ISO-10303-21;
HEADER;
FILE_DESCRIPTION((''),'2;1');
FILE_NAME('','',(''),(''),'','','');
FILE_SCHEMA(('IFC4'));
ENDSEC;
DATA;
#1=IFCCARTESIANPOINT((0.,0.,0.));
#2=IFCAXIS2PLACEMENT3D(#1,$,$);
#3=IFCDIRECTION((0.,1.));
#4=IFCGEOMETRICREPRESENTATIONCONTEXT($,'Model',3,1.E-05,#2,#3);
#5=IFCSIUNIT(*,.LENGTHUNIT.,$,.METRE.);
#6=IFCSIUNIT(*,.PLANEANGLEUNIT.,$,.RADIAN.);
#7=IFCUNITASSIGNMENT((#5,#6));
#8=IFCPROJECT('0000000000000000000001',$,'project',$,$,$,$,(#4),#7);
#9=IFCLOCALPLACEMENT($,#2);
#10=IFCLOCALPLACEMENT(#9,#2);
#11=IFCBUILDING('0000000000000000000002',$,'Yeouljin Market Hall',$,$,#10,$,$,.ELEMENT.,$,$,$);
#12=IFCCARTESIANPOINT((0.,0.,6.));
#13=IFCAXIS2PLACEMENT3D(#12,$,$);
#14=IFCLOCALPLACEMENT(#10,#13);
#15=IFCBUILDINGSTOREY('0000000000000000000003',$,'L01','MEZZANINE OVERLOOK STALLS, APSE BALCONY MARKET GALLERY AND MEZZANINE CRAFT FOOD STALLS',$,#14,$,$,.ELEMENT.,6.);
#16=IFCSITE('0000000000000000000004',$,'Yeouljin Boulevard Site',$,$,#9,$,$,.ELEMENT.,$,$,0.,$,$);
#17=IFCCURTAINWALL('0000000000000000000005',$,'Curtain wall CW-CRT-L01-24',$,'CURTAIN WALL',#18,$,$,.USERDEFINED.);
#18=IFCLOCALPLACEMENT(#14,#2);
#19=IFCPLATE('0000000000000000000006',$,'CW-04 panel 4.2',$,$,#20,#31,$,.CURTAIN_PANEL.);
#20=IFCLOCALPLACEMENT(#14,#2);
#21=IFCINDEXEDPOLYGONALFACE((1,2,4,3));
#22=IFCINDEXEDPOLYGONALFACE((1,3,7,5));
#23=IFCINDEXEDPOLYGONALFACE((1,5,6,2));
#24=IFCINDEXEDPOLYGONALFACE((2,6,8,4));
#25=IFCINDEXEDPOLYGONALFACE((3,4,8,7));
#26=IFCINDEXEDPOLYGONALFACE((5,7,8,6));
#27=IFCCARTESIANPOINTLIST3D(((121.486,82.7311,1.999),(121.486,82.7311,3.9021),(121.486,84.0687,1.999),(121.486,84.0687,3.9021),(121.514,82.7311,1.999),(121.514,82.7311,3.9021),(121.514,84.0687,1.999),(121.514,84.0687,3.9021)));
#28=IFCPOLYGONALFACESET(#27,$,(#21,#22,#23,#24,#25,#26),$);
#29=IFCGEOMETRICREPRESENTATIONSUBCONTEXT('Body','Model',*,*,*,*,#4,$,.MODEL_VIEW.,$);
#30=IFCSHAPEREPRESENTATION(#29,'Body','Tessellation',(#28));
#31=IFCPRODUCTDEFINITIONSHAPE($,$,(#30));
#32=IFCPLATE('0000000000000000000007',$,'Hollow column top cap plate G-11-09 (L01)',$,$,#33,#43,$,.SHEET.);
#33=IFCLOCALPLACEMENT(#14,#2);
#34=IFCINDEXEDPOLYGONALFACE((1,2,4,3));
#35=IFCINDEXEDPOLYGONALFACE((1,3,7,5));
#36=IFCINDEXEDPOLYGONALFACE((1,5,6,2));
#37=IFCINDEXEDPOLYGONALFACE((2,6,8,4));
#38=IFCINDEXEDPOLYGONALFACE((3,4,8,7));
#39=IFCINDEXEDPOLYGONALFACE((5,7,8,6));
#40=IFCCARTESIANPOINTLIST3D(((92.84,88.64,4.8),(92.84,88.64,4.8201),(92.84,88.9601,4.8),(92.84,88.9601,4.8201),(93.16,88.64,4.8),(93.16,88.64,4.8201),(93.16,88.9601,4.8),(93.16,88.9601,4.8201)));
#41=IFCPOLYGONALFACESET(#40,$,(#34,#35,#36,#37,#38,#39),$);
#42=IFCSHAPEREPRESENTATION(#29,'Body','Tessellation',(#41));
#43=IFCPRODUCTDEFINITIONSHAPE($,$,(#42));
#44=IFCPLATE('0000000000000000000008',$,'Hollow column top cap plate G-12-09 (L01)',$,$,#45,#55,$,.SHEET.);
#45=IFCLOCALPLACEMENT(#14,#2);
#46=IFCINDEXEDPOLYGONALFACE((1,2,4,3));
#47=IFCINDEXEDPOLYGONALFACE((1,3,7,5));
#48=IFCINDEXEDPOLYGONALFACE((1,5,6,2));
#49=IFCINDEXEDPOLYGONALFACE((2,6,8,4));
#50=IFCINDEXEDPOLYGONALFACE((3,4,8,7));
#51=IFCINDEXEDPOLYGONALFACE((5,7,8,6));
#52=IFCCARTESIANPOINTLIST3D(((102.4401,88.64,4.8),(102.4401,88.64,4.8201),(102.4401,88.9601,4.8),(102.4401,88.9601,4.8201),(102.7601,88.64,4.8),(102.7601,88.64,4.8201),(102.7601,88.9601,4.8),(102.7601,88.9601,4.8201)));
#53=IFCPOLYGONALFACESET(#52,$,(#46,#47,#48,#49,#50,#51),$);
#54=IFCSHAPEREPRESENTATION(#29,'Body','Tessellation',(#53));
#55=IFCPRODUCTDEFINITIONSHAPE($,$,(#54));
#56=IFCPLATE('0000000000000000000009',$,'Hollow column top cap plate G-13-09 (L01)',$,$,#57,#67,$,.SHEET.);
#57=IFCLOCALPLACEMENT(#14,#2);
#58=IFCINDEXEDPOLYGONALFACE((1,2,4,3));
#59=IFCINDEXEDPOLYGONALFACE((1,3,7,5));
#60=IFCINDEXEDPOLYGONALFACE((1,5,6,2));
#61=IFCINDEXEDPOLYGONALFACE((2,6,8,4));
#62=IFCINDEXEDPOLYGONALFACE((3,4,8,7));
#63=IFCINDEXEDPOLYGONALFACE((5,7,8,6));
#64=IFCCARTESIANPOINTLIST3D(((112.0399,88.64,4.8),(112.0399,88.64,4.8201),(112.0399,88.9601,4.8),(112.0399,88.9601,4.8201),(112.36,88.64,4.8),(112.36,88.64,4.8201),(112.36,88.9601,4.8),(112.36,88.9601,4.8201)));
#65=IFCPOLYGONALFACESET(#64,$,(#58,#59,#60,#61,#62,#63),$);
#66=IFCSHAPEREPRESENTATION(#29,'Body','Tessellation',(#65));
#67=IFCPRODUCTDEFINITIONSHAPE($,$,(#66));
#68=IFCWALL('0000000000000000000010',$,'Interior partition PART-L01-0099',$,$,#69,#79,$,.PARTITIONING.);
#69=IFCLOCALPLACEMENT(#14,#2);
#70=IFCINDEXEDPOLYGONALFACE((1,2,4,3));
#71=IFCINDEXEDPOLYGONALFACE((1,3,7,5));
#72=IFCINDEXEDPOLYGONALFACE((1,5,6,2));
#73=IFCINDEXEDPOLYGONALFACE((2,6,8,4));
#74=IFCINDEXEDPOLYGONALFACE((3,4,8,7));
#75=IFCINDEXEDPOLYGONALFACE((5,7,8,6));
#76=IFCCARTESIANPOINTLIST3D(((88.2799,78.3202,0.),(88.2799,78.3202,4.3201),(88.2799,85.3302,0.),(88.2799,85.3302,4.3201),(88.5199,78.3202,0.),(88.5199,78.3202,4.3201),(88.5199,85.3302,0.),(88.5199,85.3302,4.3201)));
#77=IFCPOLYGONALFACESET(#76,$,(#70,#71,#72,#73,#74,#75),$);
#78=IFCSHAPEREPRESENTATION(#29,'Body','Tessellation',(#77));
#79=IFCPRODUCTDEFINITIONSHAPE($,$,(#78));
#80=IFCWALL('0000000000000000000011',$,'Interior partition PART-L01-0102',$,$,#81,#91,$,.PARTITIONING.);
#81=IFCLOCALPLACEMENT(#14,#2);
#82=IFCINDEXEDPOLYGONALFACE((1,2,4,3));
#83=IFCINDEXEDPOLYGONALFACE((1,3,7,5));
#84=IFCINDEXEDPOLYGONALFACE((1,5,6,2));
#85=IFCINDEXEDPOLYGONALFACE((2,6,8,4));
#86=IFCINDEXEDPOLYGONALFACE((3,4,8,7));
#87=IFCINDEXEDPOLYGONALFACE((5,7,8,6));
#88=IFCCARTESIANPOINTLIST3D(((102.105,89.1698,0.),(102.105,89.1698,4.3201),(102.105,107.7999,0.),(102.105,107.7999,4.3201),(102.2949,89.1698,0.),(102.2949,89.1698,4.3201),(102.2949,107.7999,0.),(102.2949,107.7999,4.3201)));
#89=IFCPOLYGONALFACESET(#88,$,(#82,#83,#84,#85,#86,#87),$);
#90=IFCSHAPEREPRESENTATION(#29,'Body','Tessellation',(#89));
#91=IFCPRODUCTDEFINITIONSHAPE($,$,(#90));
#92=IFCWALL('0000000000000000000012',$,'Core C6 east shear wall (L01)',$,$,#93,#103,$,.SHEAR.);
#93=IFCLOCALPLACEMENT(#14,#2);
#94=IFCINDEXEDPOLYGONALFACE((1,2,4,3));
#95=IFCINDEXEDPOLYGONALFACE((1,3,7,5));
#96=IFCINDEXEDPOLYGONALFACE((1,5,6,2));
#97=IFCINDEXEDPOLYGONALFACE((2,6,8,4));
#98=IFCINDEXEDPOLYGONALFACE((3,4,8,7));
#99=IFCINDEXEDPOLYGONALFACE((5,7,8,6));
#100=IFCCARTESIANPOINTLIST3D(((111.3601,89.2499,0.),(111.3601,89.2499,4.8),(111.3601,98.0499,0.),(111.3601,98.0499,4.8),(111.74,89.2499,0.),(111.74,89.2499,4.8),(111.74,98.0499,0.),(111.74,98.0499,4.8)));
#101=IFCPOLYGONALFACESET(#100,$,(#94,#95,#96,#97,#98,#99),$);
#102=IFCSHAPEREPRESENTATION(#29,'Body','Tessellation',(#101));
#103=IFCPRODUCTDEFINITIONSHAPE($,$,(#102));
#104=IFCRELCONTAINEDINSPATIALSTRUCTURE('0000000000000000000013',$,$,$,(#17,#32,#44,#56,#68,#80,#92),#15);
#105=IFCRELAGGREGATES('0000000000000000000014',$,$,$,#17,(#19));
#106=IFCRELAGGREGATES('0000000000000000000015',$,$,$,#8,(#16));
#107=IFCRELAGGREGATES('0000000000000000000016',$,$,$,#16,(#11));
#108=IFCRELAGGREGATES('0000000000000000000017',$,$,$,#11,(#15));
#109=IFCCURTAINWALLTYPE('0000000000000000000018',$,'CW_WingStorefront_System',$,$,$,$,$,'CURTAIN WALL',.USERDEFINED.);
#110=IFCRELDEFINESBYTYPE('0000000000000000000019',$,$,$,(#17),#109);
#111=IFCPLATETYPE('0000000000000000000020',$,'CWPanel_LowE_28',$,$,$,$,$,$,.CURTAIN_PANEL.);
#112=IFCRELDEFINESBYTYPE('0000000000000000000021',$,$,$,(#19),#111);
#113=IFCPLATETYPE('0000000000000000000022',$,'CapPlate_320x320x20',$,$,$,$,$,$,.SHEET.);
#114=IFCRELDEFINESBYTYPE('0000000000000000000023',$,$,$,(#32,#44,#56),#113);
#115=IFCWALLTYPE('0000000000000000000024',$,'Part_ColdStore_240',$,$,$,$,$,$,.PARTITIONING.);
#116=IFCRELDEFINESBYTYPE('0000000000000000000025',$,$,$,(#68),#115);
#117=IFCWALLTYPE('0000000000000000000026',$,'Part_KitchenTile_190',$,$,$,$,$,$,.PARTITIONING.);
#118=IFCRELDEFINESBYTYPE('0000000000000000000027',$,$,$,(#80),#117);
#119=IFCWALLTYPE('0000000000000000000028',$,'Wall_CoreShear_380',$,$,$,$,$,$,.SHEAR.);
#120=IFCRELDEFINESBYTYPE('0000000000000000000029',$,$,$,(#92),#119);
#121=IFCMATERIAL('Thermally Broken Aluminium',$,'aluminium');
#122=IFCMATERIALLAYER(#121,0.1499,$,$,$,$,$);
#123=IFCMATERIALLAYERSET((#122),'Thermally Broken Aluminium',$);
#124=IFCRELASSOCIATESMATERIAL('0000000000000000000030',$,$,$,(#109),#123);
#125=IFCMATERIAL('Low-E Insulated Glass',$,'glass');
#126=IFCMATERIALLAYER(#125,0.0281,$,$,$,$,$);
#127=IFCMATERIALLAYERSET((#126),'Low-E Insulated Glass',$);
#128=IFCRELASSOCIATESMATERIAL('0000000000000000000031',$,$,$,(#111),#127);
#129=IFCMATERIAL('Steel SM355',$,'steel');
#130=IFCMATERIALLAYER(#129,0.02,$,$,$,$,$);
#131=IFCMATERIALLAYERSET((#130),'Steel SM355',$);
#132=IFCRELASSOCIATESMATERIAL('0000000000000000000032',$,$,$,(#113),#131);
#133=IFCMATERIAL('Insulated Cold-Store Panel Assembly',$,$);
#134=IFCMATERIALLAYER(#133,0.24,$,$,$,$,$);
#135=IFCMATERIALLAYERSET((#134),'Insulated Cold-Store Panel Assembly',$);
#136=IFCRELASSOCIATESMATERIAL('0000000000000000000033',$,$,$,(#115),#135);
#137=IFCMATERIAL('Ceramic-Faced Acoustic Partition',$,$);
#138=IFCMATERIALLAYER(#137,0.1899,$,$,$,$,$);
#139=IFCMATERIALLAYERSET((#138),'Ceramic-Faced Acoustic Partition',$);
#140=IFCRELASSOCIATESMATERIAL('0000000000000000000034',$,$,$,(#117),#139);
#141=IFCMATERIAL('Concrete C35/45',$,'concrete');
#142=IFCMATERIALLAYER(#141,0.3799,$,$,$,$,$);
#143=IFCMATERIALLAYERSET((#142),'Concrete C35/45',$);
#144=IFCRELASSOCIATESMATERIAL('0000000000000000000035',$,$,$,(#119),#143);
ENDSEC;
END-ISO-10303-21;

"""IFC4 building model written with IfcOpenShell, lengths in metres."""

from ifc_helpers import new_model, si_unit, direction, frame, frame_2d, origin, origin_2d, place, context, subcontext, project, spatial, rectangle, extrude, material, layer, layer_set, type_object, element, aggregate, save


model = new_model("IFC4")

# Units and contexts
model_context = context("Model", 3, precision=1e-05, world=origin(), true_north=direction((0.0, 1.0)))
body_context = subcontext(model_context, "Body", "Model", "MODEL_VIEW")
ifc_project = project(units=[si_unit("LENGTHUNIT", "METRE"), si_unit("PLANEANGLEUNIT", "RADIAN")], contexts=[model_context])

# Site, building, storey
site_placement = place(None, origin())
site = spatial("IfcSite", under=ifc_project, at=site_placement, Name="Yeouljin Boulevard Site", CompositionType="ELEMENT", RefElevation=0.0)
building_placement = place(site_placement, origin())
building = spatial("IfcBuilding", under=site, at=building_placement, Name="Yeouljin Market Hall", CompositionType="ELEMENT")
storey_placement = place(building_placement, frame((0.0, 0.0, 6.0)))
storey = spatial("IfcBuildingStorey", under=building, at=storey_placement, Name="L01", Description="MEZZANINE OVERLOOK STALLS, APSE BALCONY MARKET GALLERY AND MEZZANINE CRAFT FOOD STALLS", CompositionType="ELEMENT", Elevation=6.0)

# Curtain wall
ifc_material_1 = material(Name="Thermally Broken Aluminium", Category="aluminium")
ifc_layer_1 = layer(ifc_material_1, 0.1499)
ifc_layer_set_1 = layer_set([ifc_layer_1], Name="Thermally Broken Aluminium")
curtain_wall_type = type_object("IfcCurtainWallType", Name="CW_WingStorefront_System", ElementType="CURTAIN WALL", PredefinedType="USERDEFINED", material=ifc_layer_set_1)
curtain_wall_placement = place(storey_placement, origin())
curtain_wall = element("IfcCurtainWall", 1, at=curtain_wall_placement, inside=storey, type_object=curtain_wall_type, Name="Curtain wall CW-CRT-L01-24", ObjectType="CURTAIN WALL", PredefinedType="USERDEFINED")

# Plate
ifc_material_2 = material(Name="Low-E Insulated Glass", Category="glass")
ifc_layer_2 = layer(ifc_material_2, 0.0281)
ifc_layer_set_2 = layer_set([ifc_layer_2], Name="Low-E Insulated Glass")
plate_type_1 = type_object("IfcPlateType", Name="CWPanel_LowE_28", PredefinedType="CURTAIN_PANEL", material=ifc_layer_set_2)
plate_1_placement = place(storey_placement, frame((121.5, 83.3999, 1.999), z_axis=(0.0, 0.0, 1.0), x_axis=(0.0, -1.0, 0.0)))
plate_1 = element("IfcPlate", 2, at=plate_1_placement, type_object=plate_type_1, Name="CW-04 panel 4.2", PredefinedType="CURTAIN_PANEL", context=body_context, shape_type="SweptSolid", body=[
    extrude(rectangle(XDim=1.3376, YDim=0.0281, at=origin_2d()), origin(), (0.0, 0.0, 1.0), 1.9031),
])
aggregate(curtain_wall, [plate_1])

# Plates
ifc_material_3 = material(Name="Steel SM355", Category="steel")
ifc_layer_3 = layer(ifc_material_3, 0.02)
ifc_layer_set_3 = layer_set([ifc_layer_3], Name="Steel SM355")
plate_type_2 = type_object("IfcPlateType", Name="CapPlate_320x320x20", PredefinedType="SHEET", material=ifc_layer_set_3)
for number, where, z_axis, x_axis, name in (
    (3, (93.0, 88.8, 4.8), (0.0, 0.0, 1.0), (1.0, 0.0, 0.0), "Hollow column top cap plate G-11-09 (L01)"),
    (4, (102.6001, 88.8, 4.8), (0.0, 0.0, 1.0), (1.0, 0.0, 0.0), "Hollow column top cap plate G-12-09 (L01)"),
    (5, (112.2, 88.8, 4.8), (0.0, 0.0, 1.0), (1.0, 0.0, 0.0), "Hollow column top cap plate G-13-09 (L01)"),
):
    element("IfcPlate", number, at=place(storey_placement, frame(where, z_axis=z_axis, x_axis=x_axis)), inside=storey, type_object=plate_type_2, Name=name, PredefinedType="SHEET", context=body_context, shape_type="SweptSolid", body=[
        extrude(rectangle(XDim=0.3201, YDim=0.3201, at=origin_2d()), origin(), (0.0, 0.0, 1.0), 0.02),
    ])

# Walls
ifc_material_4 = material(Name="Insulated Cold-Store Panel Assembly")
ifc_layer_4 = layer(ifc_material_4, 0.24)
ifc_layer_set_4 = layer_set([ifc_layer_4], Name="Insulated Cold-Store Panel Assembly")
wall_type_1 = type_object("IfcWallType", Name="Part_ColdStore_240", PredefinedType="PARTITIONING", material=ifc_layer_set_4)
wall_1_placement = place(storey_placement, frame((88.3999, 85.3301, 0.0), z_axis=(0.0, 0.0, 1.0), x_axis=(0.0, -1.0, 0.0)))
element("IfcWall", 6, at=wall_1_placement, inside=storey, type_object=wall_type_1, Name="Interior partition PART-L01-0099", PredefinedType="PARTITIONING", context=body_context, shape_type="SweptSolid", body=[
    extrude(rectangle(XDim=7.01, YDim=0.24, at=frame_2d((3.5049, 0.0))), origin(), (0.0, 0.0, 1.0), 4.3201),
])
ifc_material_5 = material(Name="Ceramic-Faced Acoustic Partition")
ifc_layer_5 = layer(ifc_material_5, 0.1899)
ifc_layer_set_5 = layer_set([ifc_layer_5], Name="Ceramic-Faced Acoustic Partition")
wall_type_2 = type_object("IfcWallType", Name="Part_KitchenTile_190", PredefinedType="PARTITIONING", material=ifc_layer_set_5)
wall_2_placement = place(storey_placement, frame((102.2, 89.1699, 0.0), z_axis=(0.0, 0.0, 1.0), x_axis=(0.0, 1.0, 0.0)))
element("IfcWall", 7, at=wall_2_placement, inside=storey, type_object=wall_type_2, Name="Interior partition PART-L01-0102", PredefinedType="PARTITIONING", context=body_context, shape_type="SweptSolid", body=[
    extrude(rectangle(XDim=18.6301, YDim=0.1899, at=frame_2d((9.3149, 0.0))), origin(), (0.0, 0.0, 1.0), 4.3201),
])

# Shared definitions
ifc_material_6 = material(Name="Concrete C35/45", Category="concrete")
ifc_layer_6 = layer(ifc_material_6, 0.3799)
ifc_layer_set_6 = layer_set([ifc_layer_6], Name="Concrete C35/45")
wall_type_3 = type_object("IfcWallType", Name="Wall_CoreShear_380", PredefinedType="SHEAR", material=ifc_layer_set_6)

# Wall
wall_3_placement = place(storey_placement, frame((111.55, 89.25, 0.0), z_axis=(0.0, 0.0, 1.0), x_axis=(0.0, 1.0, 0.0)))
element("IfcWall", 8, at=wall_3_placement, inside=storey, type_object=wall_type_3, Name="Core C6 east shear wall (L01)", PredefinedType="SHEAR", context=body_context, shape_type="SweptSolid", body=[
    extrude(rectangle(XDim=8.8, YDim=0.3799, at=frame_2d((4.3999, 0.0))), origin(), (0.0, 0.0, 1.0), 4.8),
])

save(model, "model.ifc")
